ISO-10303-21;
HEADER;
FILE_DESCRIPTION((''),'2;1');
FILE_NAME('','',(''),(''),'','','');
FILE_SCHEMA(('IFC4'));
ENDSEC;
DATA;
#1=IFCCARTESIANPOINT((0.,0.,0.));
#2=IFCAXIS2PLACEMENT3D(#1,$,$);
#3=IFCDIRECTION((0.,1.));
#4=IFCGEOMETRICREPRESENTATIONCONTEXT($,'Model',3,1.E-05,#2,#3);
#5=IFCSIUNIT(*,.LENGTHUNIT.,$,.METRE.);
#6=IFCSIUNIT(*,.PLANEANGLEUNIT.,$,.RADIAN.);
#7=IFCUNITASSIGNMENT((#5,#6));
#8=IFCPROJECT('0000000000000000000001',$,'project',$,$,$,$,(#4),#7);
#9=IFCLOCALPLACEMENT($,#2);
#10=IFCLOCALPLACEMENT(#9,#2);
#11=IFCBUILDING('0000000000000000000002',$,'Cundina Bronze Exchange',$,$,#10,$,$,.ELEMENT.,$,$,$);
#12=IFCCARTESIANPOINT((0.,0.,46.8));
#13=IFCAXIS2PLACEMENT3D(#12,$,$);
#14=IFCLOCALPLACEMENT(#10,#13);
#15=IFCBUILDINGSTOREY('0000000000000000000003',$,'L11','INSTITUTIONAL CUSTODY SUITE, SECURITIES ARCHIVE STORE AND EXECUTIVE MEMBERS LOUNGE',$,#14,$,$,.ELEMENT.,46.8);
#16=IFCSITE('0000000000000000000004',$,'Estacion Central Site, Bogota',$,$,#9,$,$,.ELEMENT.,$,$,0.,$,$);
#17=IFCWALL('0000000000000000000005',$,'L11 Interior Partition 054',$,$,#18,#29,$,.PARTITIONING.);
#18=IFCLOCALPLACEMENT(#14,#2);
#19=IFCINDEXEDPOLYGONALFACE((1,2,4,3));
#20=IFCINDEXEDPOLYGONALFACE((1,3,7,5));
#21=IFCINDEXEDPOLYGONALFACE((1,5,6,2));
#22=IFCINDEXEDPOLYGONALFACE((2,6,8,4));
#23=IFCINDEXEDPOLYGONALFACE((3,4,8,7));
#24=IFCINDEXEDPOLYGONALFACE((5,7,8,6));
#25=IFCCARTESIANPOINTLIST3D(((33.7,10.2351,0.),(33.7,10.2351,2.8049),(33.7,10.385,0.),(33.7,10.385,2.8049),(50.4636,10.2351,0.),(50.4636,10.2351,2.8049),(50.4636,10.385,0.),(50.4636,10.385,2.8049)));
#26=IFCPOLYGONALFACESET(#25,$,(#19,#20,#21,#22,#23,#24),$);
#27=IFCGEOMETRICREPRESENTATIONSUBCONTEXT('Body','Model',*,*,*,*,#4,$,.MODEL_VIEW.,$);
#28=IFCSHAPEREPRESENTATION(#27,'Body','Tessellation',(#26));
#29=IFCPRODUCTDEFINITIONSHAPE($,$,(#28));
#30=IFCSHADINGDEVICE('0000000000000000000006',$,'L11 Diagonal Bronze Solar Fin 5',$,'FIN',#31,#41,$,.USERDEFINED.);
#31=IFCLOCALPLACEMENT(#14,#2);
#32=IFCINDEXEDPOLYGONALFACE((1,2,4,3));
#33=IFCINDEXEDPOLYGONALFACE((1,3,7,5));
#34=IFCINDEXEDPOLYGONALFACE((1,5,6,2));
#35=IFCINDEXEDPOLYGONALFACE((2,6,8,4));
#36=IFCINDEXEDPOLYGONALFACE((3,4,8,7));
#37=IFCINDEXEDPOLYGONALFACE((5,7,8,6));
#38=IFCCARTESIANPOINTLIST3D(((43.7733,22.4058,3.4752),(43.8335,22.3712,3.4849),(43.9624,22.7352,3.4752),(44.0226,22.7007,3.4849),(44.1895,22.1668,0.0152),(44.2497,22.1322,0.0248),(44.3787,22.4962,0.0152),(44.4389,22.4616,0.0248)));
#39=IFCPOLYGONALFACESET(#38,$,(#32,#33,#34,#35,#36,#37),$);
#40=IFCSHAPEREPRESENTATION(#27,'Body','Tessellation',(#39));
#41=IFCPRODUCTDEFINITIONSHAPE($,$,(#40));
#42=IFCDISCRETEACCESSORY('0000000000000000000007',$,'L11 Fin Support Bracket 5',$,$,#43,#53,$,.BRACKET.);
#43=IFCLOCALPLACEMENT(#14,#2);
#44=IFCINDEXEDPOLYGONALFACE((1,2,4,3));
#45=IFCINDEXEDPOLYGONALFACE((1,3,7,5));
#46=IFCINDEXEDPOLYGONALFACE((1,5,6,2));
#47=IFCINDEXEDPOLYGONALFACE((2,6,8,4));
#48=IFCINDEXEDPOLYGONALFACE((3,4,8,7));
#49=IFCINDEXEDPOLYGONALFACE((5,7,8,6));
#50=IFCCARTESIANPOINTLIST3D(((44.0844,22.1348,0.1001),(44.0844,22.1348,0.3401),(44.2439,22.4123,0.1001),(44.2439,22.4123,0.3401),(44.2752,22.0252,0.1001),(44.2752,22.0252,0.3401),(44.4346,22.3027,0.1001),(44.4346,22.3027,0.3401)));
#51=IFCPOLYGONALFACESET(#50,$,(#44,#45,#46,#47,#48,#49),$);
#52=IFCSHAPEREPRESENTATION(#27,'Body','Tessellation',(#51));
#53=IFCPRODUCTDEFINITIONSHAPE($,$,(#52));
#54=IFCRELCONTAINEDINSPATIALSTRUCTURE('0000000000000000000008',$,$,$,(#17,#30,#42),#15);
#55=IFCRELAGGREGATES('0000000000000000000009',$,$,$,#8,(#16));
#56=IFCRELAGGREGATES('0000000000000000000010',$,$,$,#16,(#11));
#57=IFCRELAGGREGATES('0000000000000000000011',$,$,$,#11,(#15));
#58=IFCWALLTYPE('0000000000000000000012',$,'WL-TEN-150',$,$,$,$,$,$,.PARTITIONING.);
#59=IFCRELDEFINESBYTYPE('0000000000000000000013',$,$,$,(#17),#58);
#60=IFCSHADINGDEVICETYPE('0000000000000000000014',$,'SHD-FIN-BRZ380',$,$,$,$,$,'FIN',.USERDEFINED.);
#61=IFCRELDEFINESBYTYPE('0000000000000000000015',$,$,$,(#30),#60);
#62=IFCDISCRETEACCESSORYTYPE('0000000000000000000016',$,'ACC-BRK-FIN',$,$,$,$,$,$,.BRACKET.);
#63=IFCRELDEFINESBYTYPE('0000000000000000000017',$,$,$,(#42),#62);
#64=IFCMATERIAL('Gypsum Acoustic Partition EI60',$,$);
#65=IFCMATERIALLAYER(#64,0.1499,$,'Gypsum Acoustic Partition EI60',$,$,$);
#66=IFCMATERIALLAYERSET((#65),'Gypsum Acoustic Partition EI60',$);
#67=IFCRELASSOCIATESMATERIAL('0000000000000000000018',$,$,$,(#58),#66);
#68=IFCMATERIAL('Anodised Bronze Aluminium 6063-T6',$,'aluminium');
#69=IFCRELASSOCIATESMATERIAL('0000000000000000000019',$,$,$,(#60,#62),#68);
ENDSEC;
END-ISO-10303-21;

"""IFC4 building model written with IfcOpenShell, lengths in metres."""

from ifc_helpers import new_model, si_unit, direction, frame, frame_2d, origin, origin_2d, place, context, subcontext, project, spatial, rectangle, extrude, material, layer, layer_set, material_profile, profile_set, type_object, element, save


model = new_model("IFC4")

# Units and contexts
model_context = context("Model", 3, precision=1e-05, world=origin(), true_north=direction((0.0, 1.0)))
body_context = subcontext(model_context, "Body", "Model", "MODEL_VIEW")
ifc_project = project(units=[si_unit("LENGTHUNIT", "METRE"), si_unit("PLANEANGLEUNIT", "RADIAN")], contexts=[model_context])

# Site, building, storey
site_placement = place(None, origin())
site = spatial("IfcSite", under=ifc_project, at=site_placement, Name="Estacion Central Site, Bogota", CompositionType="ELEMENT", RefElevation=0.0)
building_placement = place(site_placement, origin())
building = spatial("IfcBuilding", under=site, at=building_placement, Name="Cundina Bronze Exchange", CompositionType="ELEMENT")
storey_placement = place(building_placement, frame((0.0, 0.0, 46.8)))
storey = spatial("IfcBuildingStorey", under=building, at=storey_placement, Name="L11", Description="INSTITUTIONAL CUSTODY SUITE, SECURITIES ARCHIVE STORE AND EXECUTIVE MEMBERS LOUNGE", CompositionType="ELEMENT", Elevation=46.8)

# Shared definitions
ifc_material_1 = material(Name="Anodised Bronze Aluminium 6063-T6", Category="aluminium")

# Wall
ifc_material_2 = material(Name="Gypsum Acoustic Partition EI60")
ifc_layer_1 = layer(ifc_material_2, 0.1499, Name="Gypsum Acoustic Partition EI60")
ifc_layer_set_1 = layer_set([ifc_layer_1], Name="Gypsum Acoustic Partition EI60")
wall_type_1 = type_object("IfcWallType", Name="WL-TEN-150", PredefinedType="PARTITIONING", material=ifc_layer_set_1)
wall_1_placement = place(storey_placement, frame((33.7, 10.3101, 0.0), z_axis=(0.0, 0.0, 1.0), x_axis=(1.0, 0.0, 0.0)))
element("IfcWall", 1, at=wall_1_placement, inside=storey, type_object=wall_type_1, Name="L11 Interior Partition 054", PredefinedType="PARTITIONING", context=body_context, shape_type="SweptSolid", body=[
    extrude(rectangle(XDim=16.7637, YDim=0.1499, at=frame_2d((8.3818, 0.0))), origin(), (0.0, 0.0, 1.0), 2.8049),
])

# Shading device
ifc_material_profile_1 = material_profile(ifc_material_1, rectangle(XDim=0.0701, YDim=0.3799, at=origin_2d()), Name="FIN70X380", Category="aluminium")
ifc_profile_set_1 = profile_set([ifc_material_profile_1], Name="Anodised Bronze Aluminium 6063-T6")
shading_device_type = type_object("IfcShadingDeviceType", Name="SHD-FIN-BRZ380", ElementType="FIN", PredefinedType="USERDEFINED", material=ifc_profile_set_1)
shading_device_placement = place(storey_placement, frame((44.3142, 22.3142, 0.02), z_axis=(-0.119166, 0.068425, 0.990514), x_axis=(0.858982, -0.493222, 0.137414)))
element("IfcShadingDevice", 2, at=shading_device_placement, inside=storey, type_object=shading_device_type, Name="L11 Diagonal Bronze Solar Fin 5", ObjectType="FIN", PredefinedType="USERDEFINED", context=body_context, shape_type="SweptSolid", body=[
    extrude(rectangle(XDim=0.0701, YDim=0.3799, at=origin_2d()), origin(), (0.0, 0.0, 1.0), 3.4932),
])

# Discrete accessory
discrete_accessory_type = type_object("IfcDiscreteAccessoryType", Name="ACC-BRK-FIN", PredefinedType="BRACKET", material=ifc_material_1)
discrete_accessory_placement = place(storey_placement, frame((44.2595, 22.2188, 0.1001), z_axis=(0.0, 0.0, 1.0), x_axis=(-0.867105, 0.498125, 0.0)))
element("IfcDiscreteAccessory", 3, at=discrete_accessory_placement, inside=storey, type_object=discrete_accessory_type, Name="L11 Fin Support Bracket 5", PredefinedType="BRACKET", context=body_context, shape_type="SweptSolid", body=[
    extrude(rectangle(XDim=0.22, YDim=0.3201, at=origin_2d()), origin(), (0.0, 0.0, 1.0), 0.24),
])

save(model, "model.ifc")
